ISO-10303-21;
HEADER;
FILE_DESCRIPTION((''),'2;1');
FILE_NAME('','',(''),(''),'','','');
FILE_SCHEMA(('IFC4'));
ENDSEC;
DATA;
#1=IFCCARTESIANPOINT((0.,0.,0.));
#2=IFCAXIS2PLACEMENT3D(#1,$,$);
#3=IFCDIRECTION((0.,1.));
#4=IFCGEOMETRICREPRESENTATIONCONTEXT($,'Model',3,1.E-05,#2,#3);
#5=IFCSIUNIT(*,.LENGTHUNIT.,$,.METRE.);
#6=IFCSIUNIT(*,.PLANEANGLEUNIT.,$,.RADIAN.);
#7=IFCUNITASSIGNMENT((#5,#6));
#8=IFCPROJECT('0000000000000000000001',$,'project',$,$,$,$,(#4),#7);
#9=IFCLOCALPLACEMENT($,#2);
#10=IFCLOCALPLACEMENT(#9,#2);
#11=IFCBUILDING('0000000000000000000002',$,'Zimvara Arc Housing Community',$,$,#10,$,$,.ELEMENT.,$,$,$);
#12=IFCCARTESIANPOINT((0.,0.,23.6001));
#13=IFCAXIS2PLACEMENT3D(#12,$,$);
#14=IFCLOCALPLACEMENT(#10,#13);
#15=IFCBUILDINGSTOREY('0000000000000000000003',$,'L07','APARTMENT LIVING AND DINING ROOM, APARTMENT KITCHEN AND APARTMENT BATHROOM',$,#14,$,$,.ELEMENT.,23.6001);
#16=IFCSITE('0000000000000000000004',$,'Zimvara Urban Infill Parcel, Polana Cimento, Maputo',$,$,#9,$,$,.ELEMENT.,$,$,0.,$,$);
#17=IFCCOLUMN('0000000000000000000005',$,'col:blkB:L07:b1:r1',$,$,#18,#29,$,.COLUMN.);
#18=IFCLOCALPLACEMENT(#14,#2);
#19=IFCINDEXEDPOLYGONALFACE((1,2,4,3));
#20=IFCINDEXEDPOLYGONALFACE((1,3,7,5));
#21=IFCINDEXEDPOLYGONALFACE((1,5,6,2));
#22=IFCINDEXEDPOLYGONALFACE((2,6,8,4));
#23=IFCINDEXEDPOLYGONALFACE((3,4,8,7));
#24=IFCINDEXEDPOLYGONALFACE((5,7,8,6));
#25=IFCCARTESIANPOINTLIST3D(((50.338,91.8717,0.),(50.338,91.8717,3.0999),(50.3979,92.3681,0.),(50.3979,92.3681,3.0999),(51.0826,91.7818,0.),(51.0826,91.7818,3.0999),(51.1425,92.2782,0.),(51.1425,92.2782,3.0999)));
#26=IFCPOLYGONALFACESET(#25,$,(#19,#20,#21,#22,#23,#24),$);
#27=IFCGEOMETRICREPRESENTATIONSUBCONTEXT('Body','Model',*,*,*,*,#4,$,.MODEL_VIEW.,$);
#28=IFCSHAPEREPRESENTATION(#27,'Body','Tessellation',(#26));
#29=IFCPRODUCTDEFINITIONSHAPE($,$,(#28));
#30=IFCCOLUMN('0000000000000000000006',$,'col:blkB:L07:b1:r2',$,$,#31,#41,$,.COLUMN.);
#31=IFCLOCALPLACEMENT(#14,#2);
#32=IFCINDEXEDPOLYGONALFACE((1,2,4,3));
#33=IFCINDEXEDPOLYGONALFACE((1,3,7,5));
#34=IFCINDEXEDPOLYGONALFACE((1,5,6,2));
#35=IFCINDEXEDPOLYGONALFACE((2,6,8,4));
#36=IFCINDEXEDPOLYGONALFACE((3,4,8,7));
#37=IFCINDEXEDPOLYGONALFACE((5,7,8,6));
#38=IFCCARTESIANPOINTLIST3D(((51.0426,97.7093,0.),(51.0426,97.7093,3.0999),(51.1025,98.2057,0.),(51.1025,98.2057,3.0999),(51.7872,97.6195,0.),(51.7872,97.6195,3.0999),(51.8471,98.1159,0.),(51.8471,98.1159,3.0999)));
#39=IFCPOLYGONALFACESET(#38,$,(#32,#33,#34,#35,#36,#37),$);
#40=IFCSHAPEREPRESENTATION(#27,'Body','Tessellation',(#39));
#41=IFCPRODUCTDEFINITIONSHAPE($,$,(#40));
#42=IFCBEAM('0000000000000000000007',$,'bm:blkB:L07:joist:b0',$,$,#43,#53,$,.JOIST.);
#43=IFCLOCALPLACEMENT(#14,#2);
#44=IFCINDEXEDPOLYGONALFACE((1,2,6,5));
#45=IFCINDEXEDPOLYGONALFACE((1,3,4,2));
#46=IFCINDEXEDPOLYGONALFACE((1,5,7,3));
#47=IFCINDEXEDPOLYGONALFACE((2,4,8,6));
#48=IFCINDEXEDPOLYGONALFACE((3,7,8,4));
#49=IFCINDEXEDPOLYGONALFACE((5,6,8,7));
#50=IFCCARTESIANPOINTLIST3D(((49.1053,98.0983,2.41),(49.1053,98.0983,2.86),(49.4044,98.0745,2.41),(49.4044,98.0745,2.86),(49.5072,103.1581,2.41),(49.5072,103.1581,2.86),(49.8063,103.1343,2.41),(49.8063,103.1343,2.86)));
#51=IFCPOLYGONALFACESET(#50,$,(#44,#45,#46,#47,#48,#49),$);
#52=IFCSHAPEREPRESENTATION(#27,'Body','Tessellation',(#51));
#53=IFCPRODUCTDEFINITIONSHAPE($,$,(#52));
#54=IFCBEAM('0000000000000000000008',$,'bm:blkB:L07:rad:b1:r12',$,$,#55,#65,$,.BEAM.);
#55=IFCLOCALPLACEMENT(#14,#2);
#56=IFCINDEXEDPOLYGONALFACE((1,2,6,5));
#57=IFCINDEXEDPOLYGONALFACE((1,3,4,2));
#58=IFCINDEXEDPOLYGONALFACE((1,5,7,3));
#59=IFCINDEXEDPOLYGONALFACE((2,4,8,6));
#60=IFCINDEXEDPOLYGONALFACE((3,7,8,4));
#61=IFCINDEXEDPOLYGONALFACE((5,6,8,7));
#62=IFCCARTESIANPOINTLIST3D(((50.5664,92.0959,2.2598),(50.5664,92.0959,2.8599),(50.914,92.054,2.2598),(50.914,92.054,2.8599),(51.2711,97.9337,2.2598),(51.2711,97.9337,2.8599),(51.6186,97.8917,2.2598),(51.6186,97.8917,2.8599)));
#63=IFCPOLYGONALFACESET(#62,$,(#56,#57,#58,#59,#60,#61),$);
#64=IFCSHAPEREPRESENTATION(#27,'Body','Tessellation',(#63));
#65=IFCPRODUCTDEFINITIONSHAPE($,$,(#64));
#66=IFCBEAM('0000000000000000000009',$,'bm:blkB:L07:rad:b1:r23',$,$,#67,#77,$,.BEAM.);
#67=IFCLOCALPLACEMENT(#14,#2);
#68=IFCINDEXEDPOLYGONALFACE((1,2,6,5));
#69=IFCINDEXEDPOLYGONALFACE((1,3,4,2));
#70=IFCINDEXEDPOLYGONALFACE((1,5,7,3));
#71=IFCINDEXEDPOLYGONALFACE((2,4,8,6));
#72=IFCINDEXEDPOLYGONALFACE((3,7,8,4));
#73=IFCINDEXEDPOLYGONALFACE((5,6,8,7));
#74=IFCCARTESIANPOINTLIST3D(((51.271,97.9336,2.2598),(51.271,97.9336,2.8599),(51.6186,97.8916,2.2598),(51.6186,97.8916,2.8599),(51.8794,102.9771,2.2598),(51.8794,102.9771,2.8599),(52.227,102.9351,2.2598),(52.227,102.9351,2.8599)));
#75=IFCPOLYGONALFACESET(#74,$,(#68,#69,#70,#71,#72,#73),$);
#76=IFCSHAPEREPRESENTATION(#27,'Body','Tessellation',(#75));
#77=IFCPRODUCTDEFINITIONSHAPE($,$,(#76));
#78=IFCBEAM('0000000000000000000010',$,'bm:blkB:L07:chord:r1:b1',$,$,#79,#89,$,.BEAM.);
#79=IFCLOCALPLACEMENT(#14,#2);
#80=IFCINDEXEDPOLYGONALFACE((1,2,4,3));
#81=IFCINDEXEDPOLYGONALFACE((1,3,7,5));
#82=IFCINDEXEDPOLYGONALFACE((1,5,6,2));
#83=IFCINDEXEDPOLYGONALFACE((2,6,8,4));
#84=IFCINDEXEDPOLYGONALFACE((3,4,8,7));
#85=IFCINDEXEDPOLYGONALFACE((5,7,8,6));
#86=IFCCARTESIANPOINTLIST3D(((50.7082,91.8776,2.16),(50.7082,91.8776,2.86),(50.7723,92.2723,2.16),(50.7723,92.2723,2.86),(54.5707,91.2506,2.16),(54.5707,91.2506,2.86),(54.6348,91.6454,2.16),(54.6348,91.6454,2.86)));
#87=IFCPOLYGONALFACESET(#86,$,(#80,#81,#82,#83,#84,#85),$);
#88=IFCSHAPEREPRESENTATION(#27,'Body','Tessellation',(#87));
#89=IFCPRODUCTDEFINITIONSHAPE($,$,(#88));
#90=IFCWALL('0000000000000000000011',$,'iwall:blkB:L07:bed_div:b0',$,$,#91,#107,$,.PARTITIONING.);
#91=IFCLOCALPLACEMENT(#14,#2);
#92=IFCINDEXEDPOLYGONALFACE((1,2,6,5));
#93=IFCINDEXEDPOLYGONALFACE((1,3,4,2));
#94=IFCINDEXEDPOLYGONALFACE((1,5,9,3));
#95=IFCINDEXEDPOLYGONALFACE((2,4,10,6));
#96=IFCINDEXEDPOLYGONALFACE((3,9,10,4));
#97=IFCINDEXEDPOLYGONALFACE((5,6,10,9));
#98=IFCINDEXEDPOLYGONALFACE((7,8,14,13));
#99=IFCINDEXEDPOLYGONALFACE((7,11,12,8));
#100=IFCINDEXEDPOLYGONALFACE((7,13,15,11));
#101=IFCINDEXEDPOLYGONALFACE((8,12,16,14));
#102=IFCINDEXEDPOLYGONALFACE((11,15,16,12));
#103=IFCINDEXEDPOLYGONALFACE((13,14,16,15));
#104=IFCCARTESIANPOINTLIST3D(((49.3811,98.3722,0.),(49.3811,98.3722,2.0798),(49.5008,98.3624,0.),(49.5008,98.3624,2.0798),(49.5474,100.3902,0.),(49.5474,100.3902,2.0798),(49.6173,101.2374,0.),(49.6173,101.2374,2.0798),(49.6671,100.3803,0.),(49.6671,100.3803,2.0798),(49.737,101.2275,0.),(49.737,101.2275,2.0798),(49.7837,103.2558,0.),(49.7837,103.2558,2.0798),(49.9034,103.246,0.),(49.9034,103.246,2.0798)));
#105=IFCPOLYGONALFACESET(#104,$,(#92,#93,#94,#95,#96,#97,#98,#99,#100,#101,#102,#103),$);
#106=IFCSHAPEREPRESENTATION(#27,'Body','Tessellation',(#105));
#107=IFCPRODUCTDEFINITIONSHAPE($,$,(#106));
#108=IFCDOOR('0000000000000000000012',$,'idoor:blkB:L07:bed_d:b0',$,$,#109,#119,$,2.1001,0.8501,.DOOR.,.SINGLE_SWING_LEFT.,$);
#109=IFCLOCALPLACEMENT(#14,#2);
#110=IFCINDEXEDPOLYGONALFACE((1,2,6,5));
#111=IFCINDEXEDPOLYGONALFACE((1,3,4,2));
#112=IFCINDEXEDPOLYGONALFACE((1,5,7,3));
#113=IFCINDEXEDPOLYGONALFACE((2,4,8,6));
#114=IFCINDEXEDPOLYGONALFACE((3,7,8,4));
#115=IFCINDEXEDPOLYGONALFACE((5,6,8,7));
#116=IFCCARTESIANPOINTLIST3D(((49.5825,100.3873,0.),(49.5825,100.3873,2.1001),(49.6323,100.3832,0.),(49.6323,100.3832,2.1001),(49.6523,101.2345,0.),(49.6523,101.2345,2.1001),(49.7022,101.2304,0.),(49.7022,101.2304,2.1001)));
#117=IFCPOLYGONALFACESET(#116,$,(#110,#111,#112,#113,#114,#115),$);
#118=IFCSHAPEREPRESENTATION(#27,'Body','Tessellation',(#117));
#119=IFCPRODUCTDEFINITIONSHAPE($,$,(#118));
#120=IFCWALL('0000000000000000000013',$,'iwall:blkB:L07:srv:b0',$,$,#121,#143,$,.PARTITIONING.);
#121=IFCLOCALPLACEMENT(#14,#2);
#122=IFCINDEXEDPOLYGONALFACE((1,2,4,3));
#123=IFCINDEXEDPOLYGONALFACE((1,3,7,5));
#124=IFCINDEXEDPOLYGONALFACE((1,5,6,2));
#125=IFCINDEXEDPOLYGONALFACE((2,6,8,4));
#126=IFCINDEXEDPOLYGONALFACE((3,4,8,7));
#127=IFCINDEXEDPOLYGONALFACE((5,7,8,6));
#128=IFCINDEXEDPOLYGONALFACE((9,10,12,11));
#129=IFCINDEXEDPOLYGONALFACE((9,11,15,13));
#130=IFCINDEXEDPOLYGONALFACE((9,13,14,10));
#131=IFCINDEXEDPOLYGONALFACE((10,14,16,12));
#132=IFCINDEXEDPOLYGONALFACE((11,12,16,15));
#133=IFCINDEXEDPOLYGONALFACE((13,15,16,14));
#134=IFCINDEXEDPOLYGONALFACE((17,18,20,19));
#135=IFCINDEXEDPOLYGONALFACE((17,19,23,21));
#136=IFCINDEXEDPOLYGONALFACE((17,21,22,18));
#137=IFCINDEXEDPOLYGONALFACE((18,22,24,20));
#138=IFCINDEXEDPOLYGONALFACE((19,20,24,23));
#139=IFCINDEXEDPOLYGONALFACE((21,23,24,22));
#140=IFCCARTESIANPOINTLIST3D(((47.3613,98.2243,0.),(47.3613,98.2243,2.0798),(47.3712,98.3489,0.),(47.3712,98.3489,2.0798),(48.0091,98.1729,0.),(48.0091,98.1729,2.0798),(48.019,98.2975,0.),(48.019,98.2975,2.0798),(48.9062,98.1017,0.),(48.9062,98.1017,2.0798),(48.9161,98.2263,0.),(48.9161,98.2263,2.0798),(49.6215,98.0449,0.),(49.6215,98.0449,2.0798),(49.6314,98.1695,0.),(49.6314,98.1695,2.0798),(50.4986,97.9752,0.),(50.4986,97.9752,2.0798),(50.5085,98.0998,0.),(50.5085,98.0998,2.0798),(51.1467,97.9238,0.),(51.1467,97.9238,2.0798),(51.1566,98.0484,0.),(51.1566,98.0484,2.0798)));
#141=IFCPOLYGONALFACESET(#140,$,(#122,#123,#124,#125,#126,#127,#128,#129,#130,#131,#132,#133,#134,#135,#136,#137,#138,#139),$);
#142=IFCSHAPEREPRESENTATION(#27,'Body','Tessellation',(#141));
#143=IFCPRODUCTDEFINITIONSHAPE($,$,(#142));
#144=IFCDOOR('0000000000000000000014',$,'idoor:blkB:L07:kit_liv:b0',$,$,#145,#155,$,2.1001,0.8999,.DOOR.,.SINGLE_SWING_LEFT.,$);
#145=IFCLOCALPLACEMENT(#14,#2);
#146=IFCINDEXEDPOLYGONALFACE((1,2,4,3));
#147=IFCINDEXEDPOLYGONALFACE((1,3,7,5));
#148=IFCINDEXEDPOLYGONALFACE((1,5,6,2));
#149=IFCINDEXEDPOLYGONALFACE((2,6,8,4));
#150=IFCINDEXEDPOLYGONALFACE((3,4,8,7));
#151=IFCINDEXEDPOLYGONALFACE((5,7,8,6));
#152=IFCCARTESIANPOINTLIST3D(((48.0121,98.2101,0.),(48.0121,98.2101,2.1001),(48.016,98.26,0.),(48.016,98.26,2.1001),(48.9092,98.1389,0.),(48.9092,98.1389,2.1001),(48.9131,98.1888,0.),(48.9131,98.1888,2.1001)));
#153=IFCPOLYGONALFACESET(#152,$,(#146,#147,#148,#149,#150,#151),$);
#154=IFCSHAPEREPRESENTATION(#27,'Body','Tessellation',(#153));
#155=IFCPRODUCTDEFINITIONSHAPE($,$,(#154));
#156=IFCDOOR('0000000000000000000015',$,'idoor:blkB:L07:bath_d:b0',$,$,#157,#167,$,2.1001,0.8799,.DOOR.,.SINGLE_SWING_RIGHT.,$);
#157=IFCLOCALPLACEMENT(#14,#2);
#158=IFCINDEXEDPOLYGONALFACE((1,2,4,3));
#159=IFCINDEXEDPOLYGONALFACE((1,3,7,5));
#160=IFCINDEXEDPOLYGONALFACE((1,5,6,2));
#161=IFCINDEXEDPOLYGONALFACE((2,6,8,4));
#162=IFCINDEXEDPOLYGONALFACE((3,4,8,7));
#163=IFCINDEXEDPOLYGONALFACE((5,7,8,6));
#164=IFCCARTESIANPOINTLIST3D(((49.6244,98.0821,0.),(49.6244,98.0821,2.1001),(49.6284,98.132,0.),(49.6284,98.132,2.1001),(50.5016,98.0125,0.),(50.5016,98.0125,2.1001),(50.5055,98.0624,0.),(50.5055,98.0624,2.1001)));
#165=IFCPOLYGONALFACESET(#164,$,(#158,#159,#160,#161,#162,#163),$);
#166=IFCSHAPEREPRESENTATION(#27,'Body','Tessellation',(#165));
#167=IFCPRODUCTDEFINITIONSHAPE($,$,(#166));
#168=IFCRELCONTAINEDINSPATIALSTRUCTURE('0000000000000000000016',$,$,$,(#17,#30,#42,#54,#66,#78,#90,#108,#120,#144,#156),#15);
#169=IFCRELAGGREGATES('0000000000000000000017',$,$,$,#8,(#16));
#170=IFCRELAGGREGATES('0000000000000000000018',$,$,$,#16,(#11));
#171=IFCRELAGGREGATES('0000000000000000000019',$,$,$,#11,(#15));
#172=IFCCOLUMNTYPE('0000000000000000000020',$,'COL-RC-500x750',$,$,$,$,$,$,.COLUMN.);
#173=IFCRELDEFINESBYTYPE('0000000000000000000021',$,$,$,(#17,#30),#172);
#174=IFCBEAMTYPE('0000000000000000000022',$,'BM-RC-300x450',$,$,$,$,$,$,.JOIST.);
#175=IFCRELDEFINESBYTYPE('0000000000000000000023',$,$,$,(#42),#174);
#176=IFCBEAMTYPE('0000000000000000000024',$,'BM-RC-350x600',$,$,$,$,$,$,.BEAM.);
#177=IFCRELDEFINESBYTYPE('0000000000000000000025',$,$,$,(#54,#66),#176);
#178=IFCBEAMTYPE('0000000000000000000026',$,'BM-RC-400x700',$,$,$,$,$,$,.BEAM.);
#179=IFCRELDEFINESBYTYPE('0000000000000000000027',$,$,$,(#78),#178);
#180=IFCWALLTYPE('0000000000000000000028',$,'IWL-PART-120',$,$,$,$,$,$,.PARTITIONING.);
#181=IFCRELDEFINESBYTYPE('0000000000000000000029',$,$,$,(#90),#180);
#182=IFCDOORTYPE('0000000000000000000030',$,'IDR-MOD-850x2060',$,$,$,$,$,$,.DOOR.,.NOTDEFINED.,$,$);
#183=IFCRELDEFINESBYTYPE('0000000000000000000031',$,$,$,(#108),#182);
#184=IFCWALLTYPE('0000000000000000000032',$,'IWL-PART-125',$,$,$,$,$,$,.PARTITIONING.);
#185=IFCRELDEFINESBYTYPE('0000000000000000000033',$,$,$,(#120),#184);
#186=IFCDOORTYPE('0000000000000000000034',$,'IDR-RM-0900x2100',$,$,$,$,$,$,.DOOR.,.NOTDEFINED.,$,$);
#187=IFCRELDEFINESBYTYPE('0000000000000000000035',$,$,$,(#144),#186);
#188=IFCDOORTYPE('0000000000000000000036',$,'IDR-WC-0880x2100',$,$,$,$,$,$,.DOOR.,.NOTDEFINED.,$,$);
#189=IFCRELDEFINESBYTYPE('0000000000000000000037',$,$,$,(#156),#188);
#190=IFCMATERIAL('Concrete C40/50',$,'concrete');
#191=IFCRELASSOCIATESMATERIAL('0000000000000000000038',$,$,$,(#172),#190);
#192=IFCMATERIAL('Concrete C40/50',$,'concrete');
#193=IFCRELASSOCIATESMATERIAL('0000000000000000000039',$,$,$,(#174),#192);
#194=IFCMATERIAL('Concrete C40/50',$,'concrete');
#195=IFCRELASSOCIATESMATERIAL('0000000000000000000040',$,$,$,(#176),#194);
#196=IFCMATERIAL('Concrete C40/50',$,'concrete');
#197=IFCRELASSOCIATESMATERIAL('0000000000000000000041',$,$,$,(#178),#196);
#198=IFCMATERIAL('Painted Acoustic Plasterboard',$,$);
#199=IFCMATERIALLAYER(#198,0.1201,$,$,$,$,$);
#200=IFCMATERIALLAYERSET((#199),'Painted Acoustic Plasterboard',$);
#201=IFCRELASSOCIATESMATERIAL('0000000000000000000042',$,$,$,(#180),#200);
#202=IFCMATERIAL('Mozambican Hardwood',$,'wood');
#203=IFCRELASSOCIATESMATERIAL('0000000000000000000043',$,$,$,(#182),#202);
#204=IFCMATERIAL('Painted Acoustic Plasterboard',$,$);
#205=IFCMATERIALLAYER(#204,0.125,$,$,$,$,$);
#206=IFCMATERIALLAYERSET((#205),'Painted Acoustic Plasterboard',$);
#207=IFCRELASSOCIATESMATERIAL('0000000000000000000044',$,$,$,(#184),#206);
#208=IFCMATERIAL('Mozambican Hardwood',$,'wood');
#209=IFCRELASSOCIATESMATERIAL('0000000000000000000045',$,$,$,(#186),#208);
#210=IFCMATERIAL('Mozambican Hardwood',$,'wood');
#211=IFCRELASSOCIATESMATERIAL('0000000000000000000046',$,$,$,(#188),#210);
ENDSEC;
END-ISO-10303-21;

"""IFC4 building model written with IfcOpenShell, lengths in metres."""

from ifc_helpers import new_model, si_unit, direction, frame, frame_2d, origin, origin_2d, place, context, subcontext, project, spatial, rectangle, extrude, material, layer, layer_set, material_profile, profile_set, type_object, element, fill, save


model = new_model("IFC4")

# Units and contexts
model_context = context("Model", 3, precision=1e-05, world=origin(), true_north=direction((0.0, 1.0)))
body_context = subcontext(model_context, "Body", "Model", "MODEL_VIEW")
ifc_project = project(units=[si_unit("LENGTHUNIT", "METRE"), si_unit("PLANEANGLEUNIT", "RADIAN")], contexts=[model_context])

# Site, building, storey
site_placement = place(None, origin())
site = spatial("IfcSite", under=ifc_project, at=site_placement, Name="Zimvara Urban Infill Parcel, Polana Cimento, Maputo", CompositionType="ELEMENT", RefElevation=0.0)
building_placement = place(site_placement, origin())
building = spatial("IfcBuilding", under=site, at=building_placement, Name="Zimvara Arc Housing Community", CompositionType="ELEMENT")
storey_placement = place(building_placement, frame((0.0, 0.0, 23.6001)))
storey = spatial("IfcBuildingStorey", under=building, at=storey_placement, Name="L07", Description="APARTMENT LIVING AND DINING ROOM, APARTMENT KITCHEN AND APARTMENT BATHROOM", CompositionType="ELEMENT", Elevation=23.6001)

# Columns
ifc_material_1 = material(Name="Concrete C40/50", Category="concrete")
ifc_material_profile_1 = material_profile(ifc_material_1, rectangle(XDim=0.5, YDim=0.75, at=origin_2d()), Name="RC 500x750")
ifc_profile_set_1 = profile_set([ifc_material_profile_1], Name="Concrete C40/50")
column_type = type_object("IfcColumnType", Name="COL-RC-500x750", PredefinedType="COLUMN", material=ifc_profile_set_1)
for number, where, z_axis, x_axis, name in (
    (1, (50.7402, 92.075, 0.0), (0.0, 0.0, 1.0), (0.11979, 0.992799, 0.0), "col:blkB:L07:b1:r1"),
    (2, (51.4448, 97.9126, 0.0), (0.0, 0.0, 1.0), (0.11979, 0.992799, 0.0), "col:blkB:L07:b1:r2"),
):
    element("IfcColumn", number, at=place(storey_placement, frame(where, z_axis=z_axis, x_axis=x_axis)), inside=storey, type_object=column_type, Name=name, PredefinedType="COLUMN", context=body_context, shape_type="SweptSolid", body=[
        extrude(rectangle(XDim=0.5, YDim=0.75, at=origin_2d()), origin(), (0.0, 0.0, 1.0), 3.0999),
    ])

# Beams
ifc_material_2 = material(Name="Concrete C40/50", Category="concrete")
ifc_material_profile_2 = material_profile(ifc_material_2, rectangle(XDim=0.3, YDim=0.45, at=origin_2d()), Name="RC 300x450")
ifc_profile_set_2 = profile_set([ifc_material_profile_2], Name="Concrete C40/50")
beam_type_1 = type_object("IfcBeamType", Name="BM-RC-300x450", PredefinedType="JOIST", material=ifc_profile_set_2)
beam_1_placement = place(storey_placement, frame((49.2549, 98.0864, 2.635), z_axis=(0.079172, 0.996861, 0.0), x_axis=(-0.996861, 0.079172, 0.0)))
element("IfcBeam", 3, at=beam_1_placement, inside=storey, type_object=beam_type_1, Name="bm:blkB:L07:joist:b0", PredefinedType="JOIST", context=body_context, shape_type="SweptSolid", body=[
    extrude(rectangle(XDim=0.3, YDim=0.45, at=origin_2d()), origin(), (0.0, 0.0, 1.0), 5.0757),
])
ifc_material_3 = material(Name="Concrete C40/50", Category="concrete")
ifc_material_profile_3 = material_profile(ifc_material_3, rectangle(XDim=0.3501, YDim=0.6001, at=origin_2d()), Name="RC 350x600")
ifc_profile_set_3 = profile_set([ifc_material_profile_3], Name="Concrete C40/50")
beam_type_2 = type_object("IfcBeamType", Name="BM-RC-350x600", PredefinedType="BEAM", material=ifc_profile_set_3)
beam_2_placement = place(storey_placement, frame((50.7402, 92.075, 2.5598), z_axis=(0.119828, 0.992795, 0.0), x_axis=(-0.992795, 0.119828, 0.0)))
element("IfcBeam", 4, at=beam_2_placement, inside=storey, type_object=beam_type_2, Name="bm:blkB:L07:rad:b1:r12", PredefinedType="BEAM", context=body_context, shape_type="SweptSolid", body=[
    extrude(rectangle(XDim=0.3501, YDim=0.6001, at=origin_2d()), origin(), (0.0, 0.0, 1.0), 5.8801),
])
beam_3_placement = place(storey_placement, frame((51.4448, 97.9126, 2.5598), z_axis=(0.119763, 0.992803, 0.0), x_axis=(-0.992803, 0.119763, 0.0)))
element("IfcBeam", 5, at=beam_3_placement, inside=storey, type_object=beam_type_2, Name="bm:blkB:L07:rad:b1:r23", PredefinedType="BEAM", context=body_context, shape_type="SweptSolid", body=[
    extrude(rectangle(XDim=0.3501, YDim=0.6001, at=origin_2d()), origin(), (0.0, 0.0, 1.0), 5.0801),
])
ifc_material_4 = material(Name="Concrete C40/50", Category="concrete")
ifc_material_profile_4 = material_profile(ifc_material_4, rectangle(XDim=0.3999, YDim=0.7, at=origin_2d()), Name="RC 400x700")
ifc_profile_set_4 = profile_set([ifc_material_profile_4], Name="Concrete C40/50")
beam_type_3 = type_object("IfcBeamType", Name="BM-RC-400x700", PredefinedType="BEAM", material=ifc_profile_set_4)
beam_4_placement = place(storey_placement, frame((50.7402, 92.075, 2.51), z_axis=(0.987081, -0.160219, 0.0), x_axis=(0.160219, 0.987081, 0.0)))
element("IfcBeam", 6, at=beam_4_placement, inside=storey, type_object=beam_type_3, Name="bm:blkB:L07:chord:r1:b1", PredefinedType="BEAM", context=body_context, shape_type="SweptSolid", body=[
    extrude(rectangle(XDim=0.3999, YDim=0.7, at=origin_2d()), origin(), (0.0, 0.0, 1.0), 3.9131),
])

# Wall, opening, door
ifc_material_5 = material(Name="Painted Acoustic Plasterboard")
ifc_layer_1 = layer(ifc_material_5, 0.1201)
ifc_layer_set_1 = layer_set([ifc_layer_1], Name="Painted Acoustic Plasterboard")
wall_type_1 = type_object("IfcWallType", Name="IWL-PART-120", PredefinedType="PARTITIONING", material=ifc_layer_set_1)
wall_1_placement = place(storey_placement, frame((49.4409, 98.3672, 0.0), z_axis=(0.0, 0.0, 1.0), x_axis=(0.082159, 0.996619, 0.0)))
wall_1 = element("IfcWall", 7, at=wall_1_placement, inside=storey, type_object=wall_type_1, Name="iwall:blkB:L07:bed_div:b0", PredefinedType="PARTITIONING", context=body_context, shape_type="SweptSolid", body=[
    extrude(rectangle(XDim=4.9001, YDim=0.1201, at=frame_2d((2.4502, 0.0))), origin(), (0.0, 0.0, 1.0), 2.0798),
])
opening_1_placement = place(wall_1_placement, frame((2.0249, 0.0, 0.0)))
opening_1 = element("IfcOpeningElement", 8, at=opening_1_placement, cuts=wall_1, PredefinedType="OPENING", context=body_context, shape_type="SweptSolid", body=[
    extrude(rectangle(XDim=0.8501, YDim=2.1001, at=frame_2d((0.425, 1.05))), frame((0.0, 0.0701, 0.0), z_axis=(0.0, -1.0, 0.0), x_axis=(1.0, 0.0, 0.0)), (0.0, 0.0, 1.0), 0.1401),
])
ifc_material_6 = material(Name="Mozambican Hardwood", Category="wood")
door_type_1 = type_object("IfcDoorType", Name="IDR-MOD-850x2060", OperationType="NOTDEFINED", PredefinedType="DOOR", material=ifc_material_6)
door_1_placement = place(opening_1_placement, origin())
door_1 = element("IfcDoor", 9, at=door_1_placement, inside=storey, type_object=door_type_1, Name="idoor:blkB:L07:bed_d:b0", OperationType="SINGLE_SWING_LEFT", OverallHeight=2.1001, OverallWidth=0.8501, PredefinedType="DOOR", context=body_context, shape_type="SweptSolid", body=[
    extrude(rectangle(XDim=0.8501, YDim=2.1001, at=frame_2d((0.425, 1.05))), frame((0.0, 0.0249, 0.0), z_axis=(0.0, -1.0, 0.0), x_axis=(1.0, 0.0, 0.0)), (0.0, 0.0, 1.0), 0.05),
])
fill(opening_1, door_1)

# Wall, openings, doors
ifc_material_7 = material(Name="Painted Acoustic Plasterboard")
ifc_layer_2 = layer(ifc_material_7, 0.125)
ifc_layer_set_2 = layer_set([ifc_layer_2], Name="Painted Acoustic Plasterboard")
wall_type_2 = type_object("IfcWallType", Name="IWL-PART-125", PredefinedType="PARTITIONING", material=ifc_layer_set_2)
wall_2_placement = place(storey_placement, frame((47.3662, 98.2866, 0.0), z_axis=(0.0, 0.0, 1.0), x_axis=(0.996863, -0.079145, 0.0)))
wall_2 = element("IfcWall", 10, at=wall_2_placement, inside=storey, type_object=wall_type_2, Name="iwall:blkB:L07:srv:b0", PredefinedType="PARTITIONING", context=body_context, shape_type="SweptSolid", body=[
    extrude(rectangle(XDim=3.7974, YDim=0.125, at=frame_2d((1.8987, 0.0))), origin(), (0.0, 0.0, 1.0), 2.0798),
])
opening_2_placement = place(wall_2_placement, frame((0.6499, 0.0, 0.0)))
opening_2 = element("IfcOpeningElement", 11, at=opening_2_placement, cuts=wall_2, PredefinedType="OPENING", context=body_context, shape_type="SweptSolid", body=[
    extrude(rectangle(XDim=0.8999, YDim=2.1001, at=frame_2d((0.45, 1.05))), frame((0.0, 0.0725, 0.0), z_axis=(0.0, -1.0, 0.0), x_axis=(1.0, 0.0, 0.0)), (0.0, 0.0, 1.0), 0.145),
])
opening_3_placement = place(wall_2_placement, frame((2.2673, 0.0, 0.0)))
opening_3 = element("IfcOpeningElement", 12, at=opening_3_placement, cuts=wall_2, PredefinedType="OPENING", context=body_context, shape_type="SweptSolid", body=[
    extrude(rectangle(XDim=0.8799, YDim=2.1001, at=frame_2d((0.4399, 1.05))), frame((0.0, 0.0725, 0.0), z_axis=(0.0, -1.0, 0.0), x_axis=(1.0, 0.0, 0.0)), (0.0, 0.0, 1.0), 0.145),
])
ifc_material_8 = material(Name="Mozambican Hardwood", Category="wood")
door_type_2 = type_object("IfcDoorType", Name="IDR-RM-0900x2100", OperationType="NOTDEFINED", PredefinedType="DOOR", material=ifc_material_8)
door_2_placement = place(opening_2_placement, origin())
door_2 = element("IfcDoor", 13, at=door_2_placement, inside=storey, type_object=door_type_2, Name="idoor:blkB:L07:kit_liv:b0", OperationType="SINGLE_SWING_LEFT", OverallHeight=2.1001, OverallWidth=0.8999, PredefinedType="DOOR", context=body_context, shape_type="SweptSolid", body=[
    extrude(rectangle(XDim=0.8999, YDim=2.1001, at=frame_2d((0.45, 1.05))), frame((0.0, 0.0249, 0.0), z_axis=(0.0, -1.0, 0.0), x_axis=(1.0, 0.0, 0.0)), (0.0, 0.0, 1.0), 0.05),
])
fill(opening_2, door_2)
ifc_material_9 = material(Name="Mozambican Hardwood", Category="wood")
door_type_3 = type_object("IfcDoorType", Name="IDR-WC-0880x2100", OperationType="NOTDEFINED", PredefinedType="DOOR", material=ifc_material_9)
door_3_placement = place(opening_3_placement, origin())
door_3 = element("IfcDoor", 14, at=door_3_placement, inside=storey, type_object=door_type_3, Name="idoor:blkB:L07:bath_d:b0", OperationType="SINGLE_SWING_RIGHT", OverallHeight=2.1001, OverallWidth=0.8799, PredefinedType="DOOR", context=body_context, shape_type="SweptSolid", body=[
    extrude(rectangle(XDim=0.8799, YDim=2.1001, at=frame_2d((0.4399, 1.05))), frame((0.0, 0.0249, 0.0), z_axis=(0.0, -1.0, 0.0), x_axis=(1.0, 0.0, 0.0)), (0.0, 0.0, 1.0), 0.05),
])
fill(opening_3, door_3)

save(model, "model.ifc")
